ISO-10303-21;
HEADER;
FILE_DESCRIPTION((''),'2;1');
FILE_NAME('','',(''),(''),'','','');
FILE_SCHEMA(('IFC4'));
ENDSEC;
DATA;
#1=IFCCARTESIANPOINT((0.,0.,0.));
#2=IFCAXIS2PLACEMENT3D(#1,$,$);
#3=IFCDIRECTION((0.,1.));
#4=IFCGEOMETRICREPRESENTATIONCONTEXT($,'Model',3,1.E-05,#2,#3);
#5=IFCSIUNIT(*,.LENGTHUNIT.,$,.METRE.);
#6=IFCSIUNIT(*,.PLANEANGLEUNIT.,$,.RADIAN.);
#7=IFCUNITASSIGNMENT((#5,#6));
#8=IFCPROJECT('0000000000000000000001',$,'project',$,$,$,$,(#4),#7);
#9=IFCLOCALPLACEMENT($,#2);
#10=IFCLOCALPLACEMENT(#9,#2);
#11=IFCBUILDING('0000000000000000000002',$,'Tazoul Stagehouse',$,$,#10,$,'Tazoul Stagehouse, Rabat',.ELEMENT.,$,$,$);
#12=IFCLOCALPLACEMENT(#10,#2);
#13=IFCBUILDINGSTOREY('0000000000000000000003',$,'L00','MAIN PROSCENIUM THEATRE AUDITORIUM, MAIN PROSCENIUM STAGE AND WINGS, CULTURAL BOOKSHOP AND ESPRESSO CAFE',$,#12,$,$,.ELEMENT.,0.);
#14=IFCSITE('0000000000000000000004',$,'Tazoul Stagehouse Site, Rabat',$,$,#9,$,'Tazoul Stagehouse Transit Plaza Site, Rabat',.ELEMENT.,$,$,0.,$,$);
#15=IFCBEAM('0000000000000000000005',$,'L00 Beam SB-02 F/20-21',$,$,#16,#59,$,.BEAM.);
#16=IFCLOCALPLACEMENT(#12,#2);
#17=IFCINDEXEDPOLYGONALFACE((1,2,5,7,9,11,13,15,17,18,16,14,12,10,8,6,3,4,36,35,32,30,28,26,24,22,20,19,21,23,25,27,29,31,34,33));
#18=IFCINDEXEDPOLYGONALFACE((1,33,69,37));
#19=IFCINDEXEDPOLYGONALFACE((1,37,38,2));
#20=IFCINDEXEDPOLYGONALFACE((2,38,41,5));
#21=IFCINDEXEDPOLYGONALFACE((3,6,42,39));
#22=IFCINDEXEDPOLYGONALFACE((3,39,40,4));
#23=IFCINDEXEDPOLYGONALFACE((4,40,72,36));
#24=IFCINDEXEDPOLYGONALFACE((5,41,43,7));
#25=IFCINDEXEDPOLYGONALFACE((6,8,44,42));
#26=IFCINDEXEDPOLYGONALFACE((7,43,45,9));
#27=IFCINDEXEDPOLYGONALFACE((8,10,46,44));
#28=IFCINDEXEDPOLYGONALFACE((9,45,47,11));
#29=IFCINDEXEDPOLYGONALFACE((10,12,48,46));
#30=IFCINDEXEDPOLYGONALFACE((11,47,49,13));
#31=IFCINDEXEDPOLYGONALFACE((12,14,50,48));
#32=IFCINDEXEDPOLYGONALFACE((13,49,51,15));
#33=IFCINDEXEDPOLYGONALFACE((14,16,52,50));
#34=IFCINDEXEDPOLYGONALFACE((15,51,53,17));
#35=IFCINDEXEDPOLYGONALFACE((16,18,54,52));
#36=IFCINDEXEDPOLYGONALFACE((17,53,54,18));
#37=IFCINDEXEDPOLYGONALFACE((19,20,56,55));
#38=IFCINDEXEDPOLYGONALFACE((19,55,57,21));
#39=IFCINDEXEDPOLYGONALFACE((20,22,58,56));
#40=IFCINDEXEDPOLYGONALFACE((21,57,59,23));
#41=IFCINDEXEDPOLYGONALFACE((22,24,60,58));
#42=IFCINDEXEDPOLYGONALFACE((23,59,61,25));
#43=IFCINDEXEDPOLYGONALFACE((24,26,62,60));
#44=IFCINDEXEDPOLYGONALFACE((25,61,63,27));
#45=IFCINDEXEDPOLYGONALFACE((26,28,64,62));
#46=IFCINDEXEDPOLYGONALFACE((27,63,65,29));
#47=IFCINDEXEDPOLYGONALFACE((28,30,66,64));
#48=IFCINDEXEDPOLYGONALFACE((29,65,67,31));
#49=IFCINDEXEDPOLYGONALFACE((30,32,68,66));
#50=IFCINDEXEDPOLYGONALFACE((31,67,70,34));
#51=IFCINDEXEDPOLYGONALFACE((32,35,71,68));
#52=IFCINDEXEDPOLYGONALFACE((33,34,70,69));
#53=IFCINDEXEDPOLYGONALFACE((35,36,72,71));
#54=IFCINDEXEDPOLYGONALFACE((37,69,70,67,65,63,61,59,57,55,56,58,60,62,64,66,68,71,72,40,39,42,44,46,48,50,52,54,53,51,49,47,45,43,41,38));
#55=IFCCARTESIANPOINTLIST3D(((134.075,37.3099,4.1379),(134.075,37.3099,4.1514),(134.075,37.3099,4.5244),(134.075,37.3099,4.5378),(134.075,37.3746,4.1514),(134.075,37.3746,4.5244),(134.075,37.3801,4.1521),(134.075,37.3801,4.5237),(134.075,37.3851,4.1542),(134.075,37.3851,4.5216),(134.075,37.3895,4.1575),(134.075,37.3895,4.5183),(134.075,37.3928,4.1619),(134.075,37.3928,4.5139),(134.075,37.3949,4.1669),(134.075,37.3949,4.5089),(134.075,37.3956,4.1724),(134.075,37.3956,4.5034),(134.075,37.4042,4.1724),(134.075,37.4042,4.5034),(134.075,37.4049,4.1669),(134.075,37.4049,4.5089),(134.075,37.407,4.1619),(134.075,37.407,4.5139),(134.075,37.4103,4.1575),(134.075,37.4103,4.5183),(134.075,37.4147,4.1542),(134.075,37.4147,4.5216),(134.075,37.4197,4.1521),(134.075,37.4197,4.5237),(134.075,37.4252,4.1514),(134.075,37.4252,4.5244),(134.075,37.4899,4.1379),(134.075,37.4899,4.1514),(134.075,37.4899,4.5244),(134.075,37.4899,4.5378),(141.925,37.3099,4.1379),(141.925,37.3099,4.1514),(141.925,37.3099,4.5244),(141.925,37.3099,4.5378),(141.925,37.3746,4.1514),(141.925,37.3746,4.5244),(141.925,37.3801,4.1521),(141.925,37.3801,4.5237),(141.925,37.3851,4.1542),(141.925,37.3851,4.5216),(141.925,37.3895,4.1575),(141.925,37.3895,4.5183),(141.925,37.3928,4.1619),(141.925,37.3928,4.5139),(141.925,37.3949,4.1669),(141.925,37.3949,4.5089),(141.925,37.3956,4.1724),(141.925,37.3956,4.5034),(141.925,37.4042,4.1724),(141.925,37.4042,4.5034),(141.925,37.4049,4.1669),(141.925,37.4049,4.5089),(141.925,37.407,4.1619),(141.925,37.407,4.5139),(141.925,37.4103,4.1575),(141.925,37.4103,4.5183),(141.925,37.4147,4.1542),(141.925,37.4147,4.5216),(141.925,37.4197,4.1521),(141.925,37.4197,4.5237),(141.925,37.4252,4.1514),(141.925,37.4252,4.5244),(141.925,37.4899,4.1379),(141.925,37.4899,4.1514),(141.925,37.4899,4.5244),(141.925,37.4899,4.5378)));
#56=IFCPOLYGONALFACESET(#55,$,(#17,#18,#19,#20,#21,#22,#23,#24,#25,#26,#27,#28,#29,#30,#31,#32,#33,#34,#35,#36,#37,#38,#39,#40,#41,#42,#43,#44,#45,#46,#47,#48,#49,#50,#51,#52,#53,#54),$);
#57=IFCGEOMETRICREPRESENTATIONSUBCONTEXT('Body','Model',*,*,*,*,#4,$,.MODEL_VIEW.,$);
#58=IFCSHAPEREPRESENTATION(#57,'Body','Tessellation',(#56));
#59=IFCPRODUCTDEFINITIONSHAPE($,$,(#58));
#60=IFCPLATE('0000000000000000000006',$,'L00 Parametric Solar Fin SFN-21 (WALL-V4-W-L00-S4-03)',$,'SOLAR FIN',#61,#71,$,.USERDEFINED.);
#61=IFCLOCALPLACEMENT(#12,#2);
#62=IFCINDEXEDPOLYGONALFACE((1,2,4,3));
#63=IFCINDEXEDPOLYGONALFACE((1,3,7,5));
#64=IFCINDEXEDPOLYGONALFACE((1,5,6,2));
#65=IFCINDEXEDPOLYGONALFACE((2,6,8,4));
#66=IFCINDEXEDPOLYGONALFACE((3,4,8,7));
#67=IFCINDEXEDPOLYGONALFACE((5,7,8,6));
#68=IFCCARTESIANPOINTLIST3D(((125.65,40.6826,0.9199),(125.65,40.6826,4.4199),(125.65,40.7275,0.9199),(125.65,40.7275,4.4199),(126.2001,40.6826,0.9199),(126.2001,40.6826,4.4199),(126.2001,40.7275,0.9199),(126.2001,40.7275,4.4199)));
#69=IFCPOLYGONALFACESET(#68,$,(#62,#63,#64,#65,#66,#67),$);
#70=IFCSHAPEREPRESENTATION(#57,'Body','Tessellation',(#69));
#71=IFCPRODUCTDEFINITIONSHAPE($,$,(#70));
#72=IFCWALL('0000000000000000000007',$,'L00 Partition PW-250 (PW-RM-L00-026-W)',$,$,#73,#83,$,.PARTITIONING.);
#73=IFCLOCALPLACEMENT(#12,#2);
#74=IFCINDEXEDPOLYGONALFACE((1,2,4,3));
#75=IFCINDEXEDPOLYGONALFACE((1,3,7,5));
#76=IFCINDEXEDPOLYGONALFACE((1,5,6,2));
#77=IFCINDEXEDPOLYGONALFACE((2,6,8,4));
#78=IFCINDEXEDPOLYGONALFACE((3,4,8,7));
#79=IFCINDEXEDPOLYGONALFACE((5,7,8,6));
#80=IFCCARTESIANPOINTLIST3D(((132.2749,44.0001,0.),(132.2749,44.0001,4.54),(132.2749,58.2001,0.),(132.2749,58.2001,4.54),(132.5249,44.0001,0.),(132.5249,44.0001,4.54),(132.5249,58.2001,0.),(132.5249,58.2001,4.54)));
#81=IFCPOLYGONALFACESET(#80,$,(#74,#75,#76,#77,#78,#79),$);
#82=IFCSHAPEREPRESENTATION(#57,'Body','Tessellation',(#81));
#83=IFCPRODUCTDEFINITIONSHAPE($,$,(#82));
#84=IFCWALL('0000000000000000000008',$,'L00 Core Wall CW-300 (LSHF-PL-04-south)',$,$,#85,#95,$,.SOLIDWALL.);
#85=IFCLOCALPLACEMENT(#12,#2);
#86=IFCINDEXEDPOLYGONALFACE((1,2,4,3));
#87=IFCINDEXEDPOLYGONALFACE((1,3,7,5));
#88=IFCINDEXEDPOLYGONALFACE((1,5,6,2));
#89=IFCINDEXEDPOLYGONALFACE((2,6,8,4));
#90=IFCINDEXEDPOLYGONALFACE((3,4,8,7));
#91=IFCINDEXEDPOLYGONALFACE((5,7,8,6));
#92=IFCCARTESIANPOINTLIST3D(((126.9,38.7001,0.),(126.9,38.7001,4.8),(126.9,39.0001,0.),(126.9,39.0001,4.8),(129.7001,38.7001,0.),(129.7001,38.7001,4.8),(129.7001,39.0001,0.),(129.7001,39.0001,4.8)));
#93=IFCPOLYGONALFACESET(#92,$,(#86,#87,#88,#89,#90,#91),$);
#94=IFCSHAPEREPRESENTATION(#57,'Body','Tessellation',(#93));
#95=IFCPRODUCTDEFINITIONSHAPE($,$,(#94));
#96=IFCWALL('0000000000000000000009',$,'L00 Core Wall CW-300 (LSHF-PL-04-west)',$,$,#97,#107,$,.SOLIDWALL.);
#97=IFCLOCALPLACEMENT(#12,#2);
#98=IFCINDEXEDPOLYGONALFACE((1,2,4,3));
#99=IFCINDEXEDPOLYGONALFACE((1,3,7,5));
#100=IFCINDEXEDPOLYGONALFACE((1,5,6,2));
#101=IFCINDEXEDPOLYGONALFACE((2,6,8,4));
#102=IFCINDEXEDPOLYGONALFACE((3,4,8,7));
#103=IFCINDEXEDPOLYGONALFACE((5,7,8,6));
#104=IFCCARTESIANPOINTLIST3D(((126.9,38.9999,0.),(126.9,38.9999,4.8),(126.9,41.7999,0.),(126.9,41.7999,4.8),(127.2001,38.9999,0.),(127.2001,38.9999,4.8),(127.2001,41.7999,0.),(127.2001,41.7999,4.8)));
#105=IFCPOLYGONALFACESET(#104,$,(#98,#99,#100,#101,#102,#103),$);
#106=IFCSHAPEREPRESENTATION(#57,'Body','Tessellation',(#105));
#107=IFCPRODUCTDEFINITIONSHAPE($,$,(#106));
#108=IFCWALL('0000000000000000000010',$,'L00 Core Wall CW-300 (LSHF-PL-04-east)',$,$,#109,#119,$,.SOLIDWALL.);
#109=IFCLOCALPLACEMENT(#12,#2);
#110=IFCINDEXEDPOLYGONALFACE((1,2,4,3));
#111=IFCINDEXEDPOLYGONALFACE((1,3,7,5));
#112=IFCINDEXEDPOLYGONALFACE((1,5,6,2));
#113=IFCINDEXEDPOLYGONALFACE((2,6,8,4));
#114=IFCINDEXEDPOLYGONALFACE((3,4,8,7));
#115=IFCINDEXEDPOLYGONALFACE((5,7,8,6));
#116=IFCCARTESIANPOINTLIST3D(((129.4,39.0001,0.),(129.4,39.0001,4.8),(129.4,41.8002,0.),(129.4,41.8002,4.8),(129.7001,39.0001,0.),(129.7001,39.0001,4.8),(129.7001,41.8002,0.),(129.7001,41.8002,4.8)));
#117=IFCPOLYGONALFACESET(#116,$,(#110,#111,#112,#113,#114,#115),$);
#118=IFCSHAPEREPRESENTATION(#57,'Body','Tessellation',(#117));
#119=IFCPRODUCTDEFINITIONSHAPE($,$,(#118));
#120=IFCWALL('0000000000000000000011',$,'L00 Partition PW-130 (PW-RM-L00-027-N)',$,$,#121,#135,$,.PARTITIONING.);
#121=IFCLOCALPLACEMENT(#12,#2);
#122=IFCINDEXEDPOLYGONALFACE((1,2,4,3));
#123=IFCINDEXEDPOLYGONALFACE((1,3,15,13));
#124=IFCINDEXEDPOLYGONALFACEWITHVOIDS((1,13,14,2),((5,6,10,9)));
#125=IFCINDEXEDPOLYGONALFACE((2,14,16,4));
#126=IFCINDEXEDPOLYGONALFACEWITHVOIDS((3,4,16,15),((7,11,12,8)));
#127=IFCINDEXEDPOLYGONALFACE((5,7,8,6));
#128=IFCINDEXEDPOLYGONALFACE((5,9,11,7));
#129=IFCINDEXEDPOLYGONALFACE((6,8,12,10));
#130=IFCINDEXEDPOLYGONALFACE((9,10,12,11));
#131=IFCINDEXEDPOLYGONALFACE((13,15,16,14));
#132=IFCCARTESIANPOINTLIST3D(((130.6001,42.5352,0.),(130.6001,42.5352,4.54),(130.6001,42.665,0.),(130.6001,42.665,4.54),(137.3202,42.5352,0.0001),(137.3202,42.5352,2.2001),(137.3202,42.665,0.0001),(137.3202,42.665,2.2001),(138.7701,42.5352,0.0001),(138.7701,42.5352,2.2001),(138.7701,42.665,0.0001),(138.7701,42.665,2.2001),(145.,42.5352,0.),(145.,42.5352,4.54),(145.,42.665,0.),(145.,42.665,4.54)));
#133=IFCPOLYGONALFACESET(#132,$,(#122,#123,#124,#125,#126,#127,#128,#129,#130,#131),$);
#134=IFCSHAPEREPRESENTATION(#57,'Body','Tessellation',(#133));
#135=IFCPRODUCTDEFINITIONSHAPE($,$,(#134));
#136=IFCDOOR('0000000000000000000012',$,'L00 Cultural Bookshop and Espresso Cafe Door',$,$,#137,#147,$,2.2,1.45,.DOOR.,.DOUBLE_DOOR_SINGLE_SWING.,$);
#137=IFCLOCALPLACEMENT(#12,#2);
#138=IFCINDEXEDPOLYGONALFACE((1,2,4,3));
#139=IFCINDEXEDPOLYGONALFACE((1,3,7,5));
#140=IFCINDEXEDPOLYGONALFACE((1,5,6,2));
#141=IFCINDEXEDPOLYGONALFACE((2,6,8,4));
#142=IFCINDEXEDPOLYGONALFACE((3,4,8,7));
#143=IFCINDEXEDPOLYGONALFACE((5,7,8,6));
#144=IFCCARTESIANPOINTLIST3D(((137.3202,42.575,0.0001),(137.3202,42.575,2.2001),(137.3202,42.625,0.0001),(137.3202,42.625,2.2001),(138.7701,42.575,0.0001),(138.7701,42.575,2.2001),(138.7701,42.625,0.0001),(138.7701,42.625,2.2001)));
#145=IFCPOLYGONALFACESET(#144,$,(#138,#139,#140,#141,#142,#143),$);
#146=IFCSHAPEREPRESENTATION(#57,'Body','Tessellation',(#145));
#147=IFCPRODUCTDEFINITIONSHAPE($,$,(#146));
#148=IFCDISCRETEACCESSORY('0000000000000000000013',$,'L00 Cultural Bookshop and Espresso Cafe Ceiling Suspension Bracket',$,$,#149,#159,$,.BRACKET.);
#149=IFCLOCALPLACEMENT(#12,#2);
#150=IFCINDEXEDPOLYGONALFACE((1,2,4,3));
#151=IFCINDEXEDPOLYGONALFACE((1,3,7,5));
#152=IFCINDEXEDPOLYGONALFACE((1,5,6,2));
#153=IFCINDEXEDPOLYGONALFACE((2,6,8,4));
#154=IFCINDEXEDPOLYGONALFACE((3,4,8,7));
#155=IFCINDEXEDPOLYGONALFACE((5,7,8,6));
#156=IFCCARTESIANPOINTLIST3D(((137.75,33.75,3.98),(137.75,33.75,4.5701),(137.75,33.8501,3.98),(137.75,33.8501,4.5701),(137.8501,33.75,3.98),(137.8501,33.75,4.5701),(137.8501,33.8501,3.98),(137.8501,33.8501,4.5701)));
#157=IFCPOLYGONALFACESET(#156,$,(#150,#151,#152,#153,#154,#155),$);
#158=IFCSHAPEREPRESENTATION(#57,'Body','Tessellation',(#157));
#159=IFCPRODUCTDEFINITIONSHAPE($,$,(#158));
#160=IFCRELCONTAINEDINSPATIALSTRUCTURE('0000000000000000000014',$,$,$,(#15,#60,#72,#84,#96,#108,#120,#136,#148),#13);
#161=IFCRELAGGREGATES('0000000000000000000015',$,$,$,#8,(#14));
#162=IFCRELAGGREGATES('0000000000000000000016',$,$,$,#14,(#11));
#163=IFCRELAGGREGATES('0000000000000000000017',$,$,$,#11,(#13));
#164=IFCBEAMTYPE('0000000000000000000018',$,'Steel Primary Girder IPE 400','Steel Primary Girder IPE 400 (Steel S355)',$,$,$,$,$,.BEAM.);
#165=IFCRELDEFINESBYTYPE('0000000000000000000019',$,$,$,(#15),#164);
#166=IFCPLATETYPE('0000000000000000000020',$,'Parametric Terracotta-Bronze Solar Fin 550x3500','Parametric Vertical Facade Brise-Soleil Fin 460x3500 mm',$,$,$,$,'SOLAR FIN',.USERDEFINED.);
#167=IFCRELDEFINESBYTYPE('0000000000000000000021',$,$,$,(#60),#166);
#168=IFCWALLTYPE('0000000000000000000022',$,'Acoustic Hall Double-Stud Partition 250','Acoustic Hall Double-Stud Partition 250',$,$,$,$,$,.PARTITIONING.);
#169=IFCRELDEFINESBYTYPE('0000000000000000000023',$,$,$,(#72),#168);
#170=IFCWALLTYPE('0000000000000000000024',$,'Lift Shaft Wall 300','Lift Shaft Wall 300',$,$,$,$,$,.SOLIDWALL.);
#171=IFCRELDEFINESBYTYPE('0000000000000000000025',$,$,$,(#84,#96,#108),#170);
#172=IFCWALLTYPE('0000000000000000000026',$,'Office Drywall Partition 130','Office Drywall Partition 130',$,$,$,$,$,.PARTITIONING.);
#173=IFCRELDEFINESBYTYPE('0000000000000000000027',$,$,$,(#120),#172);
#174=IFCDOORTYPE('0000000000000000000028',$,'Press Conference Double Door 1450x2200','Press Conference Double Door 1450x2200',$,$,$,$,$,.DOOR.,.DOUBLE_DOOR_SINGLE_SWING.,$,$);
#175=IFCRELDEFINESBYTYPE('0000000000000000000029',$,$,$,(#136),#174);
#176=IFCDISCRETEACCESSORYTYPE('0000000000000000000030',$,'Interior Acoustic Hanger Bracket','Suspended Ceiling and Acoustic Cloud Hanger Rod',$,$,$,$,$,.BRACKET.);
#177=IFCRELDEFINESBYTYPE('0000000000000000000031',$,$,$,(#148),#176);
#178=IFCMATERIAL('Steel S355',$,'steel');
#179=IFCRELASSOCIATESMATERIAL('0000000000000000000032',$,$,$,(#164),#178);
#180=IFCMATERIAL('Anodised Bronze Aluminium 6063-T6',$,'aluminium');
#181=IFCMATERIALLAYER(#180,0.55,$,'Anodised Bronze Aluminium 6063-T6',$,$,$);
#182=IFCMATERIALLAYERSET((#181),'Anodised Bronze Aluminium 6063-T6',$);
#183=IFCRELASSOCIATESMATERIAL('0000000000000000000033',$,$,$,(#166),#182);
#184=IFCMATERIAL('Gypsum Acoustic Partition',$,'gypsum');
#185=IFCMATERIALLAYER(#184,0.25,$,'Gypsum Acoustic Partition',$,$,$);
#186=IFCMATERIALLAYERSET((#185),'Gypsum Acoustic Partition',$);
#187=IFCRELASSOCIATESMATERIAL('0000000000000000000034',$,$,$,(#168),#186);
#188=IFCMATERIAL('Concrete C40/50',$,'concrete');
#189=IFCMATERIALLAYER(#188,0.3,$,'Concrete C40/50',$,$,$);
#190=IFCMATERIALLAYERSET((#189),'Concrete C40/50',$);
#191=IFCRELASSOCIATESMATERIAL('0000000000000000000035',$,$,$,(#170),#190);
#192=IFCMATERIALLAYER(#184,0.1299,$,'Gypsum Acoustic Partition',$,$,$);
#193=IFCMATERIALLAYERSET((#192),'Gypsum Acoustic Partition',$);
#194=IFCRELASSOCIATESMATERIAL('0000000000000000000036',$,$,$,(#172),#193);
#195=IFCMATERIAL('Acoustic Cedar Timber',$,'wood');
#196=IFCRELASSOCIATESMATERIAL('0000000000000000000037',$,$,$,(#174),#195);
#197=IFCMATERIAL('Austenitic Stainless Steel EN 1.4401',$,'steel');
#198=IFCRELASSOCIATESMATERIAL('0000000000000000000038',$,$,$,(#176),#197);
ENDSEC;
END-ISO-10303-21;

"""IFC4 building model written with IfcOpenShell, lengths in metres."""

from ifc_helpers import new_model, si_unit, direction, frame, frame_2d, origin, origin_2d, place, context, subcontext, project, spatial, rectangle, i_section, extrude, material, layer, layer_set, material_profile, profile_set, type_object, element, fill, save


model = new_model("IFC4")

# Units and contexts
model_context = context("Model", 3, precision=1e-05, world=origin(), true_north=direction((0.0, 1.0)))
body_context = subcontext(model_context, "Body", "Model", "MODEL_VIEW")
ifc_project = project(units=[si_unit("LENGTHUNIT", "METRE"), si_unit("PLANEANGLEUNIT", "RADIAN")], contexts=[model_context])

# Site, building, storey
site_placement = place(None, origin())
site = spatial("IfcSite", under=ifc_project, at=site_placement, Name="Tazoul Stagehouse Site, Rabat", LongName="Tazoul Stagehouse Transit Plaza Site, Rabat", CompositionType="ELEMENT", RefElevation=0.0)
building_placement = place(site_placement, origin())
building = spatial("IfcBuilding", under=site, at=building_placement, Name="Tazoul Stagehouse", LongName="Tazoul Stagehouse, Rabat", CompositionType="ELEMENT")
storey_placement = place(building_placement, origin())
storey = spatial("IfcBuildingStorey", under=building, at=storey_placement, Name="L00", Description="MAIN PROSCENIUM THEATRE AUDITORIUM, MAIN PROSCENIUM STAGE AND WINGS, CULTURAL BOOKSHOP AND ESPRESSO CAFE", CompositionType="ELEMENT", Elevation=0.0)

# Shared definitions
ifc_material_1 = material(Name="Concrete C40/50", Category="concrete")

# Beam
ifc_material_2 = material(Name="Steel S355", Category="steel")
ifc_material_profile_1 = material_profile(ifc_material_2, i_section(OverallWidth=0.1799, OverallDepth=0.3999, WebThickness=0.0085, FlangeThickness=0.0134, FilletRadius=0.021, at=origin_2d()), Name="IPE 400")
ifc_profile_set_1 = profile_set([ifc_material_profile_1], Name="Steel S355")
beam_type_1 = type_object("IfcBeamType", Name="Steel Primary Girder IPE 400", Description="Steel Primary Girder IPE 400 (Steel S355)", PredefinedType="BEAM", material=ifc_profile_set_1)
beam_1_placement = place(storey_placement, frame((134.075, 37.3999, 4.3379), z_axis=(1.0, 0.0, 0.0), x_axis=(0.0, 1.0, 0.0)))
element("IfcBeam", 1, at=beam_1_placement, inside=storey, type_object=beam_type_1, Name="L00 Beam SB-02 F/20-21", PredefinedType="BEAM", context=body_context, shape_type="SweptSolid", body=[
    extrude(i_section(OverallWidth=0.1799, OverallDepth=0.3999, WebThickness=0.0085, FlangeThickness=0.0134, FilletRadius=0.021, at=origin_2d()), origin(), (0.0, 0.0, 1.0), 7.8501),
])

# Plate
ifc_material_3 = material(Name="Anodised Bronze Aluminium 6063-T6", Category="aluminium")
ifc_layer_1 = layer(ifc_material_3, 0.55, Name="Anodised Bronze Aluminium 6063-T6")
ifc_layer_set_1 = layer_set([ifc_layer_1], Name="Anodised Bronze Aluminium 6063-T6")
plate_type = type_object("IfcPlateType", Name="Parametric Terracotta-Bronze Solar Fin 550x3500", Description="Parametric Vertical Facade Brise-Soleil Fin 460x3500 mm", ElementType="SOLAR FIN", PredefinedType="USERDEFINED", material=ifc_layer_set_1)
plate_placement = place(storey_placement, frame((125.925, 40.7051, 0.9199), z_axis=(0.0, 0.0, 1.0), x_axis=(0.0, 1.0, 0.0)))
element("IfcPlate", 2, at=plate_placement, inside=storey, type_object=plate_type, Name="L00 Parametric Solar Fin SFN-21 (WALL-V4-W-L00-S4-03)", ObjectType="SOLAR FIN", PredefinedType="USERDEFINED", context=body_context, shape_type="SweptSolid", body=[
    extrude(rectangle(XDim=0.0449, YDim=0.55, at=origin_2d()), origin(), (0.0, 0.0, 1.0), 3.5),
])

# Walls
ifc_material_4 = material(Name="Gypsum Acoustic Partition", Category="gypsum")
ifc_layer_2 = layer(ifc_material_4, 0.25, Name="Gypsum Acoustic Partition")
ifc_layer_set_2 = layer_set([ifc_layer_2], Name="Gypsum Acoustic Partition")
wall_type_1 = type_object("IfcWallType", Name="Acoustic Hall Double-Stud Partition 250", Description="Acoustic Hall Double-Stud Partition 250", PredefinedType="PARTITIONING", material=ifc_layer_set_2)
wall_1_placement = place(storey_placement, frame((132.3999, 44.0, 0.0), z_axis=(0.0, 0.0, 1.0), x_axis=(0.0, 1.0, 0.0)))
element("IfcWall", 3, at=wall_1_placement, inside=storey, type_object=wall_type_1, Name="L00 Partition PW-250 (PW-RM-L00-026-W)", PredefinedType="PARTITIONING", context=body_context, shape_type="SweptSolid", body=[
    extrude(rectangle(XDim=14.2, YDim=0.25, at=frame_2d((7.1001, 0.0))), origin(), (0.0, 0.0, 1.0), 4.54),
])
ifc_layer_3 = layer(ifc_material_1, 0.3, Name="Concrete C40/50")
ifc_layer_set_3 = layer_set([ifc_layer_3], Name="Concrete C40/50")
wall_type_2 = type_object("IfcWallType", Name="Lift Shaft Wall 300", Description="Lift Shaft Wall 300", PredefinedType="SOLIDWALL", material=ifc_layer_set_3)
for number, where, z_axis, x_axis, name in (
    (4, (129.7, 38.8501, 0.0), (0.0, 0.0, 1.0), (-1.0, 0.0, 0.0), "L00 Core Wall CW-300 (LSHF-PL-04-south)"),
    (5, (127.05, 39.0, 0.0), (0.0, 0.0, 1.0), (0.0, 1.0, 0.0), "L00 Core Wall CW-300 (LSHF-PL-04-west)"),
):
    element("IfcWall", number, at=place(storey_placement, frame(where, z_axis=z_axis, x_axis=x_axis)), inside=storey, type_object=wall_type_2, Name=name, PredefinedType="SOLIDWALL", context=body_context, shape_type="SweptSolid", body=[
        extrude(rectangle(XDim=2.8, YDim=0.3, at=frame_2d((1.3999, 0.0))), origin(), (0.0, 0.0, 1.0), 4.8),
    ])

# Wall
wall_2_placement = place(storey_placement, frame((129.55, 41.8, 0.0), z_axis=(0.0, 0.0, 1.0), x_axis=(0.0, -1.0, 0.0)))
element("IfcWall", 6, at=wall_2_placement, inside=storey, type_object=wall_type_2, Name="L00 Core Wall CW-300 (LSHF-PL-04-east)", PredefinedType="SOLIDWALL", context=body_context, shape_type="SweptSolid", body=[
    extrude(rectangle(XDim=2.8, YDim=0.3, at=frame_2d((1.3999, 0.0))), origin(), (0.0, 0.0, 1.0), 4.8),
])

# Wall, opening, door
ifc_layer_4 = layer(ifc_material_4, 0.1299, Name="Gypsum Acoustic Partition")
ifc_layer_set_4 = layer_set([ifc_layer_4], Name="Gypsum Acoustic Partition")
wall_type_3 = type_object("IfcWallType", Name="Office Drywall Partition 130", Description="Office Drywall Partition 130", PredefinedType="PARTITIONING", material=ifc_layer_set_4)
wall_3_placement = place(storey_placement, frame((130.6001, 42.6001, 0.0), z_axis=(0.0, 0.0, 1.0), x_axis=(1.0, 0.0, 0.0)))
wall_3 = element("IfcWall", 7, at=wall_3_placement, inside=storey, type_object=wall_type_3, Name="L00 Partition PW-130 (PW-RM-L00-027-N)", PredefinedType="PARTITIONING", context=body_context, shape_type="SweptSolid", body=[
    extrude(rectangle(XDim=14.3999, YDim=0.1299, at=frame_2d((7.2, 0.0))), origin(), (0.0, 0.0, 1.0), 4.54),
])
opening_1_placement = place(wall_3_placement, frame((6.72, 0.0, 0.0)))
opening_1 = element("IfcOpeningElement", 8, at=opening_1_placement, cuts=wall_3, PredefinedType="OPENING", context=body_context, shape_type="SweptSolid", body=[
    extrude(rectangle(XDim=1.45, YDim=2.2, at=frame_2d((0.7251, 1.1001))), frame((0.0, 0.085, 0.0), z_axis=(0.0, -1.0, 0.0), x_axis=(1.0, 0.0, 0.0)), (0.0, 0.0, 1.0), 0.1699),
])
ifc_material_5 = material(Name="Acoustic Cedar Timber", Category="wood")
door_type_1 = type_object("IfcDoorType", Name="Press Conference Double Door 1450x2200", Description="Press Conference Double Door 1450x2200", OperationType="DOUBLE_DOOR_SINGLE_SWING", PredefinedType="DOOR", material=ifc_material_5)
door_1_placement = place(opening_1_placement, origin())
door_1 = element("IfcDoor", 9, at=door_1_placement, inside=storey, type_object=door_type_1, Name="L00 Cultural Bookshop and Espresso Cafe Door", OperationType="DOUBLE_DOOR_SINGLE_SWING", OverallHeight=2.2, OverallWidth=1.45, PredefinedType="DOOR", context=body_context, shape_type="SweptSolid", body=[
    extrude(rectangle(XDim=1.45, YDim=2.2, at=frame_2d((0.7251, 1.1001))), frame((0.0, 0.0249, 0.0), z_axis=(0.0, -1.0, 0.0), x_axis=(1.0, 0.0, 0.0)), (0.0, 0.0, 1.0), 0.05),
])
fill(opening_1, door_1)

# Discrete accessory
ifc_material_6 = material(Name="Austenitic Stainless Steel EN 1.4401", Category="steel")
discrete_accessory_type = type_object("IfcDiscreteAccessoryType", Name="Interior Acoustic Hanger Bracket", Description="Suspended Ceiling and Acoustic Cloud Hanger Rod", PredefinedType="BRACKET", material=ifc_material_6)
discrete_accessory_placement = place(storey_placement, frame((137.8, 33.8, 3.98), z_axis=(0.0, 0.0, 1.0), x_axis=(1.0, 0.0, 0.0)))
element("IfcDiscreteAccessory", 10, at=discrete_accessory_placement, inside=storey, type_object=discrete_accessory_type, Name="L00 Cultural Bookshop and Espresso Cafe Ceiling Suspension Bracket", PredefinedType="BRACKET", context=body_context, shape_type="SweptSolid", body=[
    extrude(rectangle(XDim=0.1001, YDim=0.1001, at=origin_2d()), origin(), (0.0, 0.0, 1.0), 0.5901),
])

save(model, "model.ifc")
